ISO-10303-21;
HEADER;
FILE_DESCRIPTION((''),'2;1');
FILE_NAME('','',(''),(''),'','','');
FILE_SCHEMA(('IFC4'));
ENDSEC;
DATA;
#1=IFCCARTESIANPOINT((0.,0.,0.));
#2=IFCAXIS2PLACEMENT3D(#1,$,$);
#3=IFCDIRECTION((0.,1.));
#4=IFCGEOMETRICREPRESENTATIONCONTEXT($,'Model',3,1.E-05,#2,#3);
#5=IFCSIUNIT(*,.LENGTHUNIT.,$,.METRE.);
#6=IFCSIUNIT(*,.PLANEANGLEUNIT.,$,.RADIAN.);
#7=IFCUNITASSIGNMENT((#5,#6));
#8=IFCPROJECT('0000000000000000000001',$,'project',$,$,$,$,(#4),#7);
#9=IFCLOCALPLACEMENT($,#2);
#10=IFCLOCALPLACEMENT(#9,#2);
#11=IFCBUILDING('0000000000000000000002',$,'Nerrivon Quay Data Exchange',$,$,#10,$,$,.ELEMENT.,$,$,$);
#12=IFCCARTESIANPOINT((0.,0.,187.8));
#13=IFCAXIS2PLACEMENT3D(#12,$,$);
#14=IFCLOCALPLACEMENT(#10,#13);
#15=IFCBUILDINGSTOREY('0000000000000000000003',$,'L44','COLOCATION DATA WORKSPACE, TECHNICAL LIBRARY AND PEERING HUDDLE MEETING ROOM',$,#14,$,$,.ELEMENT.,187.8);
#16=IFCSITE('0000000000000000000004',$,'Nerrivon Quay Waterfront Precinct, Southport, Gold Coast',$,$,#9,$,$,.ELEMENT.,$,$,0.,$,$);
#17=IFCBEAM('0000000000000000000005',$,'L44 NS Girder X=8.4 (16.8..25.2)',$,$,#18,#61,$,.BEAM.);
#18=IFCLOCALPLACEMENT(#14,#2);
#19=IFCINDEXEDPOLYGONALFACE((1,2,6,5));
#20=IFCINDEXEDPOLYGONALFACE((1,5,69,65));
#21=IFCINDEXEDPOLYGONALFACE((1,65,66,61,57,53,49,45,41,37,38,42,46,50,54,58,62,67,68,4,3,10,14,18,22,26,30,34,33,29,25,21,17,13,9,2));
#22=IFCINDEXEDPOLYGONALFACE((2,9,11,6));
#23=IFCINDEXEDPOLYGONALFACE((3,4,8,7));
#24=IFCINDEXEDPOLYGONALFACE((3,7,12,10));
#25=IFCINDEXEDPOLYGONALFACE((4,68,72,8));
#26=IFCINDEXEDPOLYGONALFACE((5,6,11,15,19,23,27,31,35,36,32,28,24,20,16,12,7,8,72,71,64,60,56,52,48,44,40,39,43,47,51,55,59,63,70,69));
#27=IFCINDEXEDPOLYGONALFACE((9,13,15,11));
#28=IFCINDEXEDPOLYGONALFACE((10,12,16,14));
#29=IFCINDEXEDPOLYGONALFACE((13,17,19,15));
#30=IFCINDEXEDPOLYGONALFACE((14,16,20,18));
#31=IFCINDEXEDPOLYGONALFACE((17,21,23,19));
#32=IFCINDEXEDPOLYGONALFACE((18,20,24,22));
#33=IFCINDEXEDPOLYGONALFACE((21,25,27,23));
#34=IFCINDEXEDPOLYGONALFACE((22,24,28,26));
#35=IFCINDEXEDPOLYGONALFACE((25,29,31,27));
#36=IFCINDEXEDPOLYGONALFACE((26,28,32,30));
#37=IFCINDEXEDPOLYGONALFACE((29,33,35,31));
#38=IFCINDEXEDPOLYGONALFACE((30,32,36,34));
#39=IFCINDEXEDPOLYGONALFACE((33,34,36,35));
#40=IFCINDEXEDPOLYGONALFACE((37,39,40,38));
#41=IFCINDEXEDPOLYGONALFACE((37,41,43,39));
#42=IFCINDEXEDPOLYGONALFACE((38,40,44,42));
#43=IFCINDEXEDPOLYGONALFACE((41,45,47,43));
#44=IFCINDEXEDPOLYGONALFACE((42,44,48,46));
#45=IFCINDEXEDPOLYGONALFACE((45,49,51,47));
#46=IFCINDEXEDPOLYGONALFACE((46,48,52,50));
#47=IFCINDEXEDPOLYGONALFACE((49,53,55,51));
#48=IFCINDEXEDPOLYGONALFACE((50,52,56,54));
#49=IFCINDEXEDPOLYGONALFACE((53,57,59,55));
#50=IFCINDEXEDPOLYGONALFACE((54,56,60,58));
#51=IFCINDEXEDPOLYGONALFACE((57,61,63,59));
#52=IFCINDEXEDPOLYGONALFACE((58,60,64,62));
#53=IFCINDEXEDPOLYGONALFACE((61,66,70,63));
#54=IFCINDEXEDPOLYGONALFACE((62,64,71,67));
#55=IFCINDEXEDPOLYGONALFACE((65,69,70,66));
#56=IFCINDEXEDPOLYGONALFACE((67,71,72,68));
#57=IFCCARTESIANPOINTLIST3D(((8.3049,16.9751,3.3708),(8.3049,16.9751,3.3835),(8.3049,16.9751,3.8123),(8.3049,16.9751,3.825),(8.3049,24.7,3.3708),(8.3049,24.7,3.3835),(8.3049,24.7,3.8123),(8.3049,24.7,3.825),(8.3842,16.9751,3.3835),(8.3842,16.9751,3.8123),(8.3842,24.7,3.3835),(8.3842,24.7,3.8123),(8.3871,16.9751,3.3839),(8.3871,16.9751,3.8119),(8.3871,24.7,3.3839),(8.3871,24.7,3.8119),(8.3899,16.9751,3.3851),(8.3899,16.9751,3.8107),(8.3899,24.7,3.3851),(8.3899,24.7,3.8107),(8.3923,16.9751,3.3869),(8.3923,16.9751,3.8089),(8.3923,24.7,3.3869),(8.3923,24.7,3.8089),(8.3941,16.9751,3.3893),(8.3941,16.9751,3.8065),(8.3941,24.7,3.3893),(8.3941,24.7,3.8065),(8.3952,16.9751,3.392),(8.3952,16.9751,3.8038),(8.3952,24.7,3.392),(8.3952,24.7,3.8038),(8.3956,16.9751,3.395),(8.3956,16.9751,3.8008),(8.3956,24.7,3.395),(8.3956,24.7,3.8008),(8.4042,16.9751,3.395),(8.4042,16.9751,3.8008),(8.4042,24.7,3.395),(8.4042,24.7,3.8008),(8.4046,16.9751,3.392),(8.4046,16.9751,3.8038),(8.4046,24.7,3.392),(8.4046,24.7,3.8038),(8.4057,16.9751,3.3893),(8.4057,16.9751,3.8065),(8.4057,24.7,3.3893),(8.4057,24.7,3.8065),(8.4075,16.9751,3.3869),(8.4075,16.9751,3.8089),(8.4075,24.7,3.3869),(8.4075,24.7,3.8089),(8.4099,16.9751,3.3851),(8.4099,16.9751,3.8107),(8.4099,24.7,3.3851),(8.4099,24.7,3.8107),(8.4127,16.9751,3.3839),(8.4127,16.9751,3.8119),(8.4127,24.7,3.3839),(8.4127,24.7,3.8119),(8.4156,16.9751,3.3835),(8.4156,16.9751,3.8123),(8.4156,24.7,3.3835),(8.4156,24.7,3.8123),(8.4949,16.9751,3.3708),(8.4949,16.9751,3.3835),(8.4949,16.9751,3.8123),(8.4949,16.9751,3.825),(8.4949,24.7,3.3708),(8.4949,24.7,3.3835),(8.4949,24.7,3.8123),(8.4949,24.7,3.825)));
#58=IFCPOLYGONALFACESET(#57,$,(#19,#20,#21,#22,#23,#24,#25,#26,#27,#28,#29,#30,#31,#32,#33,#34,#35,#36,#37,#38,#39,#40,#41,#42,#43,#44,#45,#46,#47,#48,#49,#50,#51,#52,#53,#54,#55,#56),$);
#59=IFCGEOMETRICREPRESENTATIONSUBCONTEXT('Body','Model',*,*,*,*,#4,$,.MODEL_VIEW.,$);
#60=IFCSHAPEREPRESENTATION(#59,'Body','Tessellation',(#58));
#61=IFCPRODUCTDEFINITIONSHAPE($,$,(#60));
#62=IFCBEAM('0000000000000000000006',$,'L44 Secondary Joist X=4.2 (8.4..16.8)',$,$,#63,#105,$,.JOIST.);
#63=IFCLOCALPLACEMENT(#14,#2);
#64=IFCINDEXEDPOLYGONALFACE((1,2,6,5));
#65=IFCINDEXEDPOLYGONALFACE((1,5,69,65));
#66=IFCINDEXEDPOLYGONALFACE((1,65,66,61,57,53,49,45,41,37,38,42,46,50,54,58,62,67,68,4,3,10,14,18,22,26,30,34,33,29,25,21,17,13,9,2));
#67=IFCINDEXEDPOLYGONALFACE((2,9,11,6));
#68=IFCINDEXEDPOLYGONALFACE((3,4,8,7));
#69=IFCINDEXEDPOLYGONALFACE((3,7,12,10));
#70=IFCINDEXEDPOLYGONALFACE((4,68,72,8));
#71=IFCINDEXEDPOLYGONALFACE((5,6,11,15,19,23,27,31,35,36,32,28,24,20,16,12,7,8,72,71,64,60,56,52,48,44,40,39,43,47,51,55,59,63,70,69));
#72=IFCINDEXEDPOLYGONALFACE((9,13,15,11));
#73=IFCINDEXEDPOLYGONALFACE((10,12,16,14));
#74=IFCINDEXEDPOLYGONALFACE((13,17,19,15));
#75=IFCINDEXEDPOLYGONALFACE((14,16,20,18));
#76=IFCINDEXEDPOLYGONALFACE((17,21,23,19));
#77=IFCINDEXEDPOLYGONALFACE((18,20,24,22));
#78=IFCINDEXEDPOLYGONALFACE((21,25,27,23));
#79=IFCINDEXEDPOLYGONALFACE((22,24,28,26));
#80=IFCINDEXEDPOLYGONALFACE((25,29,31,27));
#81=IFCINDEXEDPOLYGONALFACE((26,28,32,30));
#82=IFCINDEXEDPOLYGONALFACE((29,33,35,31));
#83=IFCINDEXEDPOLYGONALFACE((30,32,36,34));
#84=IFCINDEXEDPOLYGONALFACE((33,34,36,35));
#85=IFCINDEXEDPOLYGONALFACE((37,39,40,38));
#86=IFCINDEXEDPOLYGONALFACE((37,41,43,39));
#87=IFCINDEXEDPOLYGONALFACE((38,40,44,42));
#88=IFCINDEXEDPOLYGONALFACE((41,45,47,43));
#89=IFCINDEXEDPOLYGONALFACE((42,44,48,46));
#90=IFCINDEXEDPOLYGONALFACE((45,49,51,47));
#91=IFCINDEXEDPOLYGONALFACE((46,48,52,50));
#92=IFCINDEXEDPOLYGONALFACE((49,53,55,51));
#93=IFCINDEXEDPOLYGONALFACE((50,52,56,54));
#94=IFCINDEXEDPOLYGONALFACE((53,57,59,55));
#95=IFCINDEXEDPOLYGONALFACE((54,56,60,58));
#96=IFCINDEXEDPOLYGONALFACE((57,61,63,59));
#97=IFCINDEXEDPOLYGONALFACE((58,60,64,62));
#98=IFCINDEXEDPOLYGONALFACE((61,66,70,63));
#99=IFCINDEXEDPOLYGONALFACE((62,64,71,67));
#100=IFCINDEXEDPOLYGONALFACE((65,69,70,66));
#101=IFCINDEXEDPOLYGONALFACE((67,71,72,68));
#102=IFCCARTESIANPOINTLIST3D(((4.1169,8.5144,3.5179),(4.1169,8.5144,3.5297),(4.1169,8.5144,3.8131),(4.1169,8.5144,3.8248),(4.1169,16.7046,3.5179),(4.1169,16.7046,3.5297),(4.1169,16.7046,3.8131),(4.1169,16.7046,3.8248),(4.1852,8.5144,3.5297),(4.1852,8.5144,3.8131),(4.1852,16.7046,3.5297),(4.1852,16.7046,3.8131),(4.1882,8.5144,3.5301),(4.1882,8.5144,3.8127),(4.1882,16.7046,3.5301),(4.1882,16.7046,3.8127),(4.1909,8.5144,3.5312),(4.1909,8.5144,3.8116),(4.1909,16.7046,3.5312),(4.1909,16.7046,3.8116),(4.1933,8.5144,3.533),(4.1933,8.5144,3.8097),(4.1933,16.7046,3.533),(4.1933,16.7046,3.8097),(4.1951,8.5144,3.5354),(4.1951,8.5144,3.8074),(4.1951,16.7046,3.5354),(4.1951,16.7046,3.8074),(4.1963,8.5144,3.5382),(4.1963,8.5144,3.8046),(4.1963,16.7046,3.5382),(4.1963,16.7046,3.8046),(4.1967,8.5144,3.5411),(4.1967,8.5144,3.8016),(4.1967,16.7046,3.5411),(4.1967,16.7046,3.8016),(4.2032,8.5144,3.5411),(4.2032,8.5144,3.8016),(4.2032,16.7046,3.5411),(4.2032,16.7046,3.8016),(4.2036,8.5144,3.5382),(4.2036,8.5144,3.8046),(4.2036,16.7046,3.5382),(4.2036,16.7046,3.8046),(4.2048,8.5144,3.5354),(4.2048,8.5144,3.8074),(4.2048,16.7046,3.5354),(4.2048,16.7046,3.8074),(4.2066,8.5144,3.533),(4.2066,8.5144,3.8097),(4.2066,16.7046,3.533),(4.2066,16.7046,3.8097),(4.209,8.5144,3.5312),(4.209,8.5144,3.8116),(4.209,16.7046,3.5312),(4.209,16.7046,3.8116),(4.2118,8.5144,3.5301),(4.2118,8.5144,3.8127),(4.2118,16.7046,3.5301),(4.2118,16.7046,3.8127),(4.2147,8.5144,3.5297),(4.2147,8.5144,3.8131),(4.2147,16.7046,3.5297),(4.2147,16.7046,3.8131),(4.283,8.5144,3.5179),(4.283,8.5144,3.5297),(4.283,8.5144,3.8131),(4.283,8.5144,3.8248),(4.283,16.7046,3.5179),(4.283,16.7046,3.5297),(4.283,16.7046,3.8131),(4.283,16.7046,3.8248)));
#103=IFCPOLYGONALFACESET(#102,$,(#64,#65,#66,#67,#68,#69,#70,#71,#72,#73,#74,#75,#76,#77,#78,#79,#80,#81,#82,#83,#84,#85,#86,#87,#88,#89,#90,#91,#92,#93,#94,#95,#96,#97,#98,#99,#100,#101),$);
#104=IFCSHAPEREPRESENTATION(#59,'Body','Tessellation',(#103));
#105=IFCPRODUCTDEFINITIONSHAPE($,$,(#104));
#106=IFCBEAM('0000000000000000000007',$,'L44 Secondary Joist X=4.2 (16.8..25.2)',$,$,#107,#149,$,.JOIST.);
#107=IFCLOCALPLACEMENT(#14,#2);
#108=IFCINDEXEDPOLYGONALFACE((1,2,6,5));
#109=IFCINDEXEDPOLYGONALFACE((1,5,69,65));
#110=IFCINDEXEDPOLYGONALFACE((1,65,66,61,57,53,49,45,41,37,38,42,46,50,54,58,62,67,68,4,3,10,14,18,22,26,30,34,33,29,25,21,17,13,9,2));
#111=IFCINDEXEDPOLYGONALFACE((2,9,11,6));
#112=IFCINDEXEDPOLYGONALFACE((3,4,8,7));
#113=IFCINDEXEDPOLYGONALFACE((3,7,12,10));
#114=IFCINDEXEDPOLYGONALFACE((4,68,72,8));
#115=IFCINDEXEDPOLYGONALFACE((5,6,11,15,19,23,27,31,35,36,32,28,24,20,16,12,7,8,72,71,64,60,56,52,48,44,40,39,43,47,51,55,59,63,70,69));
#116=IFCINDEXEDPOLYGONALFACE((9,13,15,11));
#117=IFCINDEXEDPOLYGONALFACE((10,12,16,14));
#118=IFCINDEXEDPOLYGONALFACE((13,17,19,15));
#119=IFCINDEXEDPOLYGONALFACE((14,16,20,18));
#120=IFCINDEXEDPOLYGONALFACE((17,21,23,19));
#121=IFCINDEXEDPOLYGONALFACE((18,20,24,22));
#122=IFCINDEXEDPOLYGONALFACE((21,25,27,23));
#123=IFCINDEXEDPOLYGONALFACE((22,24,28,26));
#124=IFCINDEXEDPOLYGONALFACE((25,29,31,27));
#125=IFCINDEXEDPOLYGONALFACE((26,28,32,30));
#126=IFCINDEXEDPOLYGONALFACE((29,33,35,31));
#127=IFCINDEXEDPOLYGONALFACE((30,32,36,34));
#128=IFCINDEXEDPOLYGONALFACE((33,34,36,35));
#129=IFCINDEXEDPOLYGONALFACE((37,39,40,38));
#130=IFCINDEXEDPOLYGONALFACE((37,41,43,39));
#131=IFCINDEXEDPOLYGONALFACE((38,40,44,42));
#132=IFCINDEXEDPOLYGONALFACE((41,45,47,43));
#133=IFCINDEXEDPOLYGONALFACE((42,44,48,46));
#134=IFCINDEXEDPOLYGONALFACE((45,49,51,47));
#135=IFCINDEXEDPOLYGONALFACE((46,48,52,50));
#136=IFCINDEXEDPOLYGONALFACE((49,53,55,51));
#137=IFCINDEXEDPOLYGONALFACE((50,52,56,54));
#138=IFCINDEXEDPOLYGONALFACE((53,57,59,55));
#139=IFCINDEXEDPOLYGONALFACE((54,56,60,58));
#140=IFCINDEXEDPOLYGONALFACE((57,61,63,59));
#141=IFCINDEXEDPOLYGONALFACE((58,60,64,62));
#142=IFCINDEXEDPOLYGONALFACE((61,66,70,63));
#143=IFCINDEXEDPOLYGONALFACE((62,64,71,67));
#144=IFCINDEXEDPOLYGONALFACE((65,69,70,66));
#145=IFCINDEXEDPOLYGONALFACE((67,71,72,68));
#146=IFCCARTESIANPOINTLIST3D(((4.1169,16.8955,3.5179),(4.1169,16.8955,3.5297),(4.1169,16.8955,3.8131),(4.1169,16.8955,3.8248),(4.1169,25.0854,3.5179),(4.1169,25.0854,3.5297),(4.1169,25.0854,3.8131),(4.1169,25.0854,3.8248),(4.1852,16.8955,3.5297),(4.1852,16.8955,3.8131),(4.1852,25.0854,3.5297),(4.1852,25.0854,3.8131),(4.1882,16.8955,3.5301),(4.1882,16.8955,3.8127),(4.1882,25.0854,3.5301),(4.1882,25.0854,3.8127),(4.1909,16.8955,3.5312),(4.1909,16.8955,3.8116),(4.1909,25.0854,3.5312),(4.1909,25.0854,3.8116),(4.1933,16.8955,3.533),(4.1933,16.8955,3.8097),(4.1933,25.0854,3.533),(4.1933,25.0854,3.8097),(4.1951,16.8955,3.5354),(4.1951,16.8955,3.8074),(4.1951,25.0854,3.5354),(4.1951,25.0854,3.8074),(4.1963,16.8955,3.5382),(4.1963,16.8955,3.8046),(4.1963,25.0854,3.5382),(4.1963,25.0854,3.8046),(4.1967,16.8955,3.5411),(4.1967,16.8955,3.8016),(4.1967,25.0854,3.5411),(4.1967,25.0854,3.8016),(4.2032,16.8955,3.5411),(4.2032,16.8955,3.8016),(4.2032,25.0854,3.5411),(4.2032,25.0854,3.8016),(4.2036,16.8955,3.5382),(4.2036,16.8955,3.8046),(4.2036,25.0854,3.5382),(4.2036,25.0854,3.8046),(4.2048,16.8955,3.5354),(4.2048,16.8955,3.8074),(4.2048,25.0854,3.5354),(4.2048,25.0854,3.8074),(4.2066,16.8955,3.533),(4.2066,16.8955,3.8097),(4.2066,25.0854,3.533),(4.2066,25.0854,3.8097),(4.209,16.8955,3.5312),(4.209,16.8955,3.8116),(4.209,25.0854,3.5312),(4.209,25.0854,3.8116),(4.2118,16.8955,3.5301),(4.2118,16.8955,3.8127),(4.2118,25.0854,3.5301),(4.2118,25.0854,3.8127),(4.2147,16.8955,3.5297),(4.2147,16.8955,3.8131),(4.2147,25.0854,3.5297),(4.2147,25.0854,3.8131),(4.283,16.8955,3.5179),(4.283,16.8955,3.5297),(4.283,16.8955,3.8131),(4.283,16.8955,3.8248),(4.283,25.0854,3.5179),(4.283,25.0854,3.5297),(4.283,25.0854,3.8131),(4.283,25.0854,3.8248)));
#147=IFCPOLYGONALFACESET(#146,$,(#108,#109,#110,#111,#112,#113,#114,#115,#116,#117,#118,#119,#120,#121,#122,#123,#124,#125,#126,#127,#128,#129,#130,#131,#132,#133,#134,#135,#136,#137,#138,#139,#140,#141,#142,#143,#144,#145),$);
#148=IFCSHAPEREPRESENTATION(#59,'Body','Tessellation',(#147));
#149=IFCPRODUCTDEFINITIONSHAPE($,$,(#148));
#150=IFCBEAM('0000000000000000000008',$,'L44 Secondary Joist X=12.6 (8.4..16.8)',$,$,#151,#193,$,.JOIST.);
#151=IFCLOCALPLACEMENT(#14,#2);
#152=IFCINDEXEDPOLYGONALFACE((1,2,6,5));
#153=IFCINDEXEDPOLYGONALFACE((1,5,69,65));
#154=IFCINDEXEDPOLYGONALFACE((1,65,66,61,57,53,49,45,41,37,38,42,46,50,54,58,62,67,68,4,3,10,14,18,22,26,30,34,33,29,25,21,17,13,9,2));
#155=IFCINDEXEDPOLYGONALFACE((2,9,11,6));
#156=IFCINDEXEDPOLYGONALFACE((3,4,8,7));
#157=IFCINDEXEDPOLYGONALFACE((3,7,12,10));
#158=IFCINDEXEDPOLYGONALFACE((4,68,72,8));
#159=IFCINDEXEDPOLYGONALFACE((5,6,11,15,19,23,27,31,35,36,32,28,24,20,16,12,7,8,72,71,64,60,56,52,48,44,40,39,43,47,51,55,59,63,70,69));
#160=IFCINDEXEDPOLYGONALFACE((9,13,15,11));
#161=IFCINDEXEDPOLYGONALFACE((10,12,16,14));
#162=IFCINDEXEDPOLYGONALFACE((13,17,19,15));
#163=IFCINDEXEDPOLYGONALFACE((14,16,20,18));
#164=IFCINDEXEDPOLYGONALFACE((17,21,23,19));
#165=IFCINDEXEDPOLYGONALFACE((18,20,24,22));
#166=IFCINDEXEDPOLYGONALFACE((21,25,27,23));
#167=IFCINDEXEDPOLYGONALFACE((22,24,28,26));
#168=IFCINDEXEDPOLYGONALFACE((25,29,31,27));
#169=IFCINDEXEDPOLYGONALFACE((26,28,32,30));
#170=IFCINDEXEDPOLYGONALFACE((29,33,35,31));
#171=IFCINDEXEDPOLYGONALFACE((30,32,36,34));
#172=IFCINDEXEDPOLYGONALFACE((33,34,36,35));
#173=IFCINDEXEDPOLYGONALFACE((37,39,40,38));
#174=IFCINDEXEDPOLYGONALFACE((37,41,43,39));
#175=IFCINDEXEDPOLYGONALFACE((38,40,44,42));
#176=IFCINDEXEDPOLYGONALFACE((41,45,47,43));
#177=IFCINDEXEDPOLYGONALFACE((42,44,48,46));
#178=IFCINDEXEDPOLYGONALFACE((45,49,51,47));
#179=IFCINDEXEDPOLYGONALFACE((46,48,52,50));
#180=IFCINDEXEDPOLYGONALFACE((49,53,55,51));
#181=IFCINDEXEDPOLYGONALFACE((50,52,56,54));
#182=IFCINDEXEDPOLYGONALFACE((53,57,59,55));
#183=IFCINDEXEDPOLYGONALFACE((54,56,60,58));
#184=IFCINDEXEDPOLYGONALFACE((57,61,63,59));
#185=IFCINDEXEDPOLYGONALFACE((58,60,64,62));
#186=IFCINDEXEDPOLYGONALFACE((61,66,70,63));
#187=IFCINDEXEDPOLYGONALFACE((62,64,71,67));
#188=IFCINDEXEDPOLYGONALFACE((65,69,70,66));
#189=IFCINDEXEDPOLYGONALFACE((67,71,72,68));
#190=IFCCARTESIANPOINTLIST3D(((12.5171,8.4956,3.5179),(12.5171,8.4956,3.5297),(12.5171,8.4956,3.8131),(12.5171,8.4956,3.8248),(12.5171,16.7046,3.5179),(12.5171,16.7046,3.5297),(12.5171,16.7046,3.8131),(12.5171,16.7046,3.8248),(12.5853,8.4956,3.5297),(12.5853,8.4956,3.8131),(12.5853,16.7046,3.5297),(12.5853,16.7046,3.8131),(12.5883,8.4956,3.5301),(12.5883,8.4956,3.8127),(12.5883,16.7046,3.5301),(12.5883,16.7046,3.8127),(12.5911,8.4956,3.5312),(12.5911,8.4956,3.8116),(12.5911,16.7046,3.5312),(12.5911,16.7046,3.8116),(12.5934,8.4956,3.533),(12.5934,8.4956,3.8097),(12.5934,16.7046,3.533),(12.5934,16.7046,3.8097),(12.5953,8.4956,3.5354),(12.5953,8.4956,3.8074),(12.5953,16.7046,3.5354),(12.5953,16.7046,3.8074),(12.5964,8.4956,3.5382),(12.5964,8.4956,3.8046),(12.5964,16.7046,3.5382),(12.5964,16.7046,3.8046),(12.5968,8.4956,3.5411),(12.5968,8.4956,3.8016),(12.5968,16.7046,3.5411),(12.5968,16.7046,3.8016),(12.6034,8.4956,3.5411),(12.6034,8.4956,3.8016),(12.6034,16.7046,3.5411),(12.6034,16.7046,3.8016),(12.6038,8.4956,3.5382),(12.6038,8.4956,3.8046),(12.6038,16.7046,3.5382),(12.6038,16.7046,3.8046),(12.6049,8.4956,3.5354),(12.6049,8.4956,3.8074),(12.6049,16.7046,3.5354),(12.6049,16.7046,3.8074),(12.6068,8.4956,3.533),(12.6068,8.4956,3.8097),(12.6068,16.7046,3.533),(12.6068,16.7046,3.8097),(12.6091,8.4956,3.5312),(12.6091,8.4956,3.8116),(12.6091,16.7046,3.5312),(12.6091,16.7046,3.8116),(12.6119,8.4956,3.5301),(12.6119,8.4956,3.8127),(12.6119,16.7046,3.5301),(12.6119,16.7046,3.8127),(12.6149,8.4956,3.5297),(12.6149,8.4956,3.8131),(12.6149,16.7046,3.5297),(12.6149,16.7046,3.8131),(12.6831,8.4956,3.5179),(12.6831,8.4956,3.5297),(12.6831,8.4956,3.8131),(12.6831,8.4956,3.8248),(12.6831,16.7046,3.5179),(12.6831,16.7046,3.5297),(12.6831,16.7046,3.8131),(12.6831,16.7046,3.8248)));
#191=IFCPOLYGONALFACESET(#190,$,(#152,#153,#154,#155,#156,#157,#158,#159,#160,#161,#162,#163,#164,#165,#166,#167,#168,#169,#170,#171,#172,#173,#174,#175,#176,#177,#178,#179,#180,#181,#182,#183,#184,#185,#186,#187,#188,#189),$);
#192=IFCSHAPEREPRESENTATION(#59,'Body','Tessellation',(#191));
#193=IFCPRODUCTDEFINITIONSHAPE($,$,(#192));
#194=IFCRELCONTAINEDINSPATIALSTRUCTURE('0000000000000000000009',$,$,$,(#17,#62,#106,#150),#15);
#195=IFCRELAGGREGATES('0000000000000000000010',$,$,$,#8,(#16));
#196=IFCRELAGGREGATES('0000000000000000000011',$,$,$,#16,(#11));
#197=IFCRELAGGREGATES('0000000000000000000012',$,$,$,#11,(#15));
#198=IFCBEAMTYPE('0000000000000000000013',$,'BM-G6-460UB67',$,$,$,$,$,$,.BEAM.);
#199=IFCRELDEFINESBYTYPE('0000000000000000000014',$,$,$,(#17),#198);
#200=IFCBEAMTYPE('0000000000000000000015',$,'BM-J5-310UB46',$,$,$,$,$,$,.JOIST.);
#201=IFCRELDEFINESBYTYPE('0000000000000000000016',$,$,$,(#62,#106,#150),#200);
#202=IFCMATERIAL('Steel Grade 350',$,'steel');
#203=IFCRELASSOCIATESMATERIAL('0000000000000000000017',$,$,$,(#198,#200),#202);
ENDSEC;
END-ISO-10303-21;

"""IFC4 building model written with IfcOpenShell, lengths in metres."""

from ifc_helpers import new_model, si_unit, direction, frame, origin, origin_2d, place, context, subcontext, project, spatial, i_section, extrude, material, material_profile, profile_set, type_object, element, save


model = new_model("IFC4")

# Units and contexts
model_context = context("Model", 3, precision=1e-05, world=origin(), true_north=direction((0.0, 1.0)))
body_context = subcontext(model_context, "Body", "Model", "MODEL_VIEW")
ifc_project = project(units=[si_unit("LENGTHUNIT", "METRE"), si_unit("PLANEANGLEUNIT", "RADIAN")], contexts=[model_context])

# Site, building, storey
site_placement = place(None, origin())
site = spatial("IfcSite", under=ifc_project, at=site_placement, Name="Nerrivon Quay Waterfront Precinct, Southport, Gold Coast", CompositionType="ELEMENT", RefElevation=0.0)
building_placement = place(site_placement, origin())
building = spatial("IfcBuilding", under=site, at=building_placement, Name="Nerrivon Quay Data Exchange", CompositionType="ELEMENT")
storey_placement = place(building_placement, frame((0.0, 0.0, 187.8)))
storey = spatial("IfcBuildingStorey", under=building, at=storey_placement, Name="L44", Description="COLOCATION DATA WORKSPACE, TECHNICAL LIBRARY AND PEERING HUDDLE MEETING ROOM", CompositionType="ELEMENT", Elevation=187.8)

# Shared definitions
ifc_material_1 = material(Name="Steel Grade 350", Category="steel")

# Beams
ifc_material_profile_1 = material_profile(ifc_material_1, i_section(OverallWidth=0.1899, OverallDepth=0.4541, WebThickness=0.0085, FlangeThickness=0.0127, FilletRadius=0.0115, at=origin_2d()), Name="460UB67.1")
ifc_profile_set_1 = profile_set([ifc_material_profile_1], Name="Steel Grade 350")
beam_type_1 = type_object("IfcBeamType", Name="BM-G6-460UB67", PredefinedType="BEAM", material=ifc_profile_set_1)
beam_1_placement = place(storey_placement, frame((8.3999, 16.9751, 3.5979), z_axis=(0.0, 1.0, 0.0), x_axis=(-1.0, 0.0, 0.0)))
element("IfcBeam", 1, at=beam_1_placement, inside=storey, type_object=beam_type_1, Name="L44 NS Girder X=8.4 (16.8..25.2)", PredefinedType="BEAM", context=body_context, shape_type="SweptSolid", body=[
    extrude(i_section(OverallWidth=0.1899, OverallDepth=0.4541, WebThickness=0.0085, FlangeThickness=0.0127, FilletRadius=0.0115, at=origin_2d()), origin(), (0.0, 0.0, 1.0), 7.7249),
])
ifc_material_profile_2 = material_profile(ifc_material_1, i_section(OverallWidth=0.166, OverallDepth=0.3069, WebThickness=0.0066, FlangeThickness=0.0117, FilletRadius=0.0115, at=origin_2d()), Name="310UB46.2")
ifc_profile_set_2 = profile_set([ifc_material_profile_2], Name="Steel Grade 350")
beam_type_2 = type_object("IfcBeamType", Name="BM-J5-310UB46", PredefinedType="JOIST", material=ifc_profile_set_2)
beam_2_placement = place(storey_placement, frame((4.2, 8.5144, 3.6714), z_axis=(0.0, 1.0, 0.0), x_axis=(-1.0, 0.0, 0.0)))
element("IfcBeam", 2, at=beam_2_placement, inside=storey, type_object=beam_type_2, Name="L44 Secondary Joist X=4.2 (8.4..16.8)", PredefinedType="JOIST", context=body_context, shape_type="SweptSolid", body=[
    extrude(i_section(OverallWidth=0.166, OverallDepth=0.3069, WebThickness=0.0066, FlangeThickness=0.0117, FilletRadius=0.0115, at=origin_2d()), origin(), (0.0, 0.0, 1.0), 8.1902),
])
beam_3_placement = place(storey_placement, frame((4.2, 16.8955, 3.6714), z_axis=(0.0, 1.0, 0.0), x_axis=(-1.0, 0.0, 0.0)))
element("IfcBeam", 3, at=beam_3_placement, inside=storey, type_object=beam_type_2, Name="L44 Secondary Joist X=4.2 (16.8..25.2)", PredefinedType="JOIST", context=body_context, shape_type="SweptSolid", body=[
    extrude(i_section(OverallWidth=0.166, OverallDepth=0.3069, WebThickness=0.0066, FlangeThickness=0.0117, FilletRadius=0.0115, at=origin_2d()), origin(), (0.0, 0.0, 1.0), 8.1899),
])
beam_4_placement = place(storey_placement, frame((12.6001, 8.4956, 3.6714), z_axis=(0.0, 1.0, 0.0), x_axis=(-1.0, 0.0, 0.0)))
element("IfcBeam", 4, at=beam_4_placement, inside=storey, type_object=beam_type_2, Name="L44 Secondary Joist X=12.6 (8.4..16.8)", PredefinedType="JOIST", context=body_context, shape_type="SweptSolid", body=[
    extrude(i_section(OverallWidth=0.166, OverallDepth=0.3069, WebThickness=0.0066, FlangeThickness=0.0117, FilletRadius=0.0115, at=origin_2d()), origin(), (0.0, 0.0, 1.0), 8.209),
])

save(model, "model.ifc")
